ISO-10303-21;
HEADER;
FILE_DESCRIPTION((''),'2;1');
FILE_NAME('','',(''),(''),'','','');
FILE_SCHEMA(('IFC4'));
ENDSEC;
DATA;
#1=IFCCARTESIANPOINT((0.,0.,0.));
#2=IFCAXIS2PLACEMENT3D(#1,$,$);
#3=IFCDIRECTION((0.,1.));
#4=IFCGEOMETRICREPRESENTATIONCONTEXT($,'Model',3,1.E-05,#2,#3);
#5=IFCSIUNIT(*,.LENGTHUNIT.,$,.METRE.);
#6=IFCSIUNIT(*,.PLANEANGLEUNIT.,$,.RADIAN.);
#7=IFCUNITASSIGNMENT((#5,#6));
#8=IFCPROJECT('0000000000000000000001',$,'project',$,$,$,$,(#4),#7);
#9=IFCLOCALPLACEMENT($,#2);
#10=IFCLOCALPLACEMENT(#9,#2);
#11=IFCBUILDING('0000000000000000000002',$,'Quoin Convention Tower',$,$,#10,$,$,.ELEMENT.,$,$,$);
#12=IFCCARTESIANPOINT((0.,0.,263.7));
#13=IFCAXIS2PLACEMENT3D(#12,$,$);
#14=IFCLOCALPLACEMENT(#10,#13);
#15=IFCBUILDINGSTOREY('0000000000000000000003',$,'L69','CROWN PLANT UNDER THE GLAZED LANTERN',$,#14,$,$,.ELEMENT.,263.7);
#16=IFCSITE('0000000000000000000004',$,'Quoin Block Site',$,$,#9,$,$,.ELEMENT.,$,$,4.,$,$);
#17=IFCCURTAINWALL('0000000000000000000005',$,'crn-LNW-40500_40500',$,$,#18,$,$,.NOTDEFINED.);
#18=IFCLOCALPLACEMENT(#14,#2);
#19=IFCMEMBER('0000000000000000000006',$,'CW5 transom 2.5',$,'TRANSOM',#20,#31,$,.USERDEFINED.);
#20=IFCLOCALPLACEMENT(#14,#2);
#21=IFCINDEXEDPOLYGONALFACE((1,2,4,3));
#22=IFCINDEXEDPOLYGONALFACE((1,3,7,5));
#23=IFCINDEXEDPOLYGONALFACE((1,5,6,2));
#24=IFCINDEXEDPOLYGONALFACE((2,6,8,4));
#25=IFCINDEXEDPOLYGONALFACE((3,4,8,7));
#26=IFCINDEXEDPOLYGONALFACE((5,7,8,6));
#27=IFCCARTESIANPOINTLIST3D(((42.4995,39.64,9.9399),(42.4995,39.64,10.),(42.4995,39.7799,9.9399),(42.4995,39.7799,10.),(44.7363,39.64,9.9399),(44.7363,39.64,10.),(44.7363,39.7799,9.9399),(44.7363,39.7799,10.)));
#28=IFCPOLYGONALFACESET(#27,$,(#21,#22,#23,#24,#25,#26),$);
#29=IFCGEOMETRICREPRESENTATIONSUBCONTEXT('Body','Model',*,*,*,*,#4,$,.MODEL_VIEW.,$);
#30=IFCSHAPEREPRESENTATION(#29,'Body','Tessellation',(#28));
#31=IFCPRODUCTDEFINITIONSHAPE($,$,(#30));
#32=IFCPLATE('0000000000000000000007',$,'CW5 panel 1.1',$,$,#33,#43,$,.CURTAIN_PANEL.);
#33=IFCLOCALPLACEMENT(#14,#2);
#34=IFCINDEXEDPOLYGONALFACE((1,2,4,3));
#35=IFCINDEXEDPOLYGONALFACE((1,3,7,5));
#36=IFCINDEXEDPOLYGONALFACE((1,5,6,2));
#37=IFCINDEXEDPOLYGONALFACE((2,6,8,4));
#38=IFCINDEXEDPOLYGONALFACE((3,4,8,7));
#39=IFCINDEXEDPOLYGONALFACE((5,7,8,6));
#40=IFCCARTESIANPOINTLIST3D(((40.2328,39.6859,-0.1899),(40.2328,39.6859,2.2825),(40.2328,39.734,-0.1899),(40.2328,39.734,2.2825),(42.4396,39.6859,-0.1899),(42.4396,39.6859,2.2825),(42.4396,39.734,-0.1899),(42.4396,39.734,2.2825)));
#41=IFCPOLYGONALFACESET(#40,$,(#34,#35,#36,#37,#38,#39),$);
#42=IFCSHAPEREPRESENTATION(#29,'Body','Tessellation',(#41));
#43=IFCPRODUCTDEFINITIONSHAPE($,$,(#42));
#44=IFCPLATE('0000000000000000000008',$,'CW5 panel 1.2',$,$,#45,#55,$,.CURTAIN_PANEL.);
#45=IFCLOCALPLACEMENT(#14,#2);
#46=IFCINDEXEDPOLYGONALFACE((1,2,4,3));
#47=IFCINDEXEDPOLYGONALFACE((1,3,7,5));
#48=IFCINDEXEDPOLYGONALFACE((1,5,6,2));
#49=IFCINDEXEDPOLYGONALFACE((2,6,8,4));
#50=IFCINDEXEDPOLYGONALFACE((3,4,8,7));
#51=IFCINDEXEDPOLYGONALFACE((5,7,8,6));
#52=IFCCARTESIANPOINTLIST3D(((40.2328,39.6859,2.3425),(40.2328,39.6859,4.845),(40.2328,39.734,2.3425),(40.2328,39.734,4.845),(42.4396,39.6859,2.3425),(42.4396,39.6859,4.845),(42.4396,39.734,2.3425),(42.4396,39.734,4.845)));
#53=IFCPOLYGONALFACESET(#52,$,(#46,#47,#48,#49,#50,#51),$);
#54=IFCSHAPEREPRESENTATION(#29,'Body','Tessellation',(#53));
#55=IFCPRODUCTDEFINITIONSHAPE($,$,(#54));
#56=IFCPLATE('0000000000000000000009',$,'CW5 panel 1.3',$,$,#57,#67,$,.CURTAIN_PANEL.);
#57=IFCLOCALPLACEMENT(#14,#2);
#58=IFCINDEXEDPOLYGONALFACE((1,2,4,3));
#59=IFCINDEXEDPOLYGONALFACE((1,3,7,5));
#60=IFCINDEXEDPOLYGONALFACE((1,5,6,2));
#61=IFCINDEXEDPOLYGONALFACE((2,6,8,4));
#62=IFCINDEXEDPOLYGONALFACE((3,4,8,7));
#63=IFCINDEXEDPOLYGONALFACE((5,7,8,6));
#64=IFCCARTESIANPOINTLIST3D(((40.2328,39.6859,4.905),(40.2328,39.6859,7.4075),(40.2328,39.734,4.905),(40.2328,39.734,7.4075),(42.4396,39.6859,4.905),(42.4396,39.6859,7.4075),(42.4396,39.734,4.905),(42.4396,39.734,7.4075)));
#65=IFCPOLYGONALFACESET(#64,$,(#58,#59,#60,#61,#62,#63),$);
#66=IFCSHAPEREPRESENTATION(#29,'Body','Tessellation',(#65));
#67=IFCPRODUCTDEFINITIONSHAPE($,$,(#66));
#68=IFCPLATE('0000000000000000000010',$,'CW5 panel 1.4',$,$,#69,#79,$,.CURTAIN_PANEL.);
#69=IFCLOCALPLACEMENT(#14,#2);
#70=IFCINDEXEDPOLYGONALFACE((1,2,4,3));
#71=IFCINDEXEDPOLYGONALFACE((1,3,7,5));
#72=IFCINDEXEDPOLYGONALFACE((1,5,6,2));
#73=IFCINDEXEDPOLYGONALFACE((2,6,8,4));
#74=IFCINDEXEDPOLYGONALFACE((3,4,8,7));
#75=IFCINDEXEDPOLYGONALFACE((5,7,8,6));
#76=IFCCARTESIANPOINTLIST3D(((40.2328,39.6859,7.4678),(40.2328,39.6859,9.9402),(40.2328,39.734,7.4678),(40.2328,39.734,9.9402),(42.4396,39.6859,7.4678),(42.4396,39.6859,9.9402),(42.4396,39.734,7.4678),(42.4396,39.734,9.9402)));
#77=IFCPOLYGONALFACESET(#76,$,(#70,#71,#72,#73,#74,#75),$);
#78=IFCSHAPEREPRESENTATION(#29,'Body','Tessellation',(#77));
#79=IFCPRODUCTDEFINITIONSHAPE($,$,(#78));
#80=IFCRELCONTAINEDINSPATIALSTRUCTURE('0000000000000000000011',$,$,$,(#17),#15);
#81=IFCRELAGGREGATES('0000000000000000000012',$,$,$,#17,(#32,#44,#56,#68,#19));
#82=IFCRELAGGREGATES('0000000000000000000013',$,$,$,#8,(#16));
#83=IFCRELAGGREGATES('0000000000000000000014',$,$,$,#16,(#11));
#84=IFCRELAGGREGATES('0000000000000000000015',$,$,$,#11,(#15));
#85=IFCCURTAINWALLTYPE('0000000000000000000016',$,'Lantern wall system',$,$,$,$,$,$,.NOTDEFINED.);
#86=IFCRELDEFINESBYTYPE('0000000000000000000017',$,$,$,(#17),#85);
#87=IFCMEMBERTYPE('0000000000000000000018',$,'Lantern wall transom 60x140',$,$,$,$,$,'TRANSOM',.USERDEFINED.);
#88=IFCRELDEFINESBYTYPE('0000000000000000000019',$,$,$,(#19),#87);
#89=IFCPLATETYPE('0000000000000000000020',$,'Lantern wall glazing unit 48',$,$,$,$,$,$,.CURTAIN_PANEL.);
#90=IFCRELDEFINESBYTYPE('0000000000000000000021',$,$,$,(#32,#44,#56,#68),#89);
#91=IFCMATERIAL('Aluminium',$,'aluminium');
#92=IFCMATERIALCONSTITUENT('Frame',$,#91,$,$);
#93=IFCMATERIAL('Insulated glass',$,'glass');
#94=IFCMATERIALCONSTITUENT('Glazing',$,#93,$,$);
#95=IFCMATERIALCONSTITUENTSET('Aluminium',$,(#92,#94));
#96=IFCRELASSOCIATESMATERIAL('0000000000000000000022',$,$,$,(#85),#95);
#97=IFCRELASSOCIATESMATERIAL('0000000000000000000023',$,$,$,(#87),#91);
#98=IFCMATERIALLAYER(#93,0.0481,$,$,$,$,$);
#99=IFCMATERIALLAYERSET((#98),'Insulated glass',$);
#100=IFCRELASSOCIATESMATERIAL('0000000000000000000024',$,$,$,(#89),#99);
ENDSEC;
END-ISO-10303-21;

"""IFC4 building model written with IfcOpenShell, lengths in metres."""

from ifc_helpers import new_model, si_unit, direction, frame, origin, origin_2d, place, context, subcontext, project, spatial, rectangle, extrude, material, layer, layer_set, constituent, constituent_set, material_profile, profile_set, type_object, element, aggregate, save


model = new_model("IFC4")

# Units and contexts
model_context = context("Model", 3, precision=1e-05, world=origin(), true_north=direction((0.0, 1.0)))
body_context = subcontext(model_context, "Body", "Model", "MODEL_VIEW")
ifc_project = project(units=[si_unit("LENGTHUNIT", "METRE"), si_unit("PLANEANGLEUNIT", "RADIAN")], contexts=[model_context])

# Site, building, storey
site_placement = place(None, origin())
site = spatial("IfcSite", under=ifc_project, at=site_placement, Name="Quoin Block Site", CompositionType="ELEMENT", RefElevation=4.0)
building_placement = place(site_placement, origin())
building = spatial("IfcBuilding", under=site, at=building_placement, Name="Quoin Convention Tower", CompositionType="ELEMENT")
storey_placement = place(building_placement, frame((0.0, 0.0, 263.7)))
storey = spatial("IfcBuildingStorey", under=building, at=storey_placement, Name="L69", Description="CROWN PLANT UNDER THE GLAZED LANTERN", CompositionType="ELEMENT", Elevation=263.7)

# Shared definitions
ifc_material_1 = material(Name="Aluminium", Category="aluminium")
ifc_constituent_1 = constituent(ifc_material_1, Name="Frame")
ifc_material_2 = material(Name="Insulated glass", Category="glass")
ifc_constituent_2 = constituent(ifc_material_2, Name="Glazing")
ifc_constituent_set = constituent_set(constituents=[ifc_constituent_1, ifc_constituent_2], Name="Aluminium")
curtain_wall_type = type_object("IfcCurtainWallType", Name="Lantern wall system", PredefinedType="NOTDEFINED", material=ifc_constituent_set)

# Curtain wall, member, plates
curtain_wall_1_placement = place(storey_placement, origin())
curtain_wall_1 = element("IfcCurtainWall", 1, at=curtain_wall_1_placement, inside=storey, type_object=curtain_wall_type, Name="crn-LNW-40500_40500", PredefinedType="NOTDEFINED")
ifc_material_profile_1 = material_profile(ifc_material_1, rectangle(XDim=0.1399, YDim=0.0601, at=origin_2d()), Name="Lantern wall transom 60x140")
ifc_profile_set_1 = profile_set([ifc_material_profile_1], Name="Aluminium")
member_type_1 = type_object("IfcMemberType", Name="Lantern wall transom 60x140", ElementType="TRANSOM", PredefinedType="USERDEFINED", material=ifc_profile_set_1)
member_1_placement = place(storey_placement, frame((42.4995, 39.71, 9.97), z_axis=(1.0, 0.0, 0.0), x_axis=(0.0, 1.0, 0.0)))
member_1 = element("IfcMember", 2, at=member_1_placement, type_object=member_type_1, Name="CW5 transom 2.5", ObjectType="TRANSOM", PredefinedType="USERDEFINED", context=body_context, shape_type="SweptSolid", body=[
    extrude(rectangle(XDim=0.1399, YDim=0.0601, at=origin_2d()), origin(), (0.0, 0.0, 1.0), 2.2368),
])
ifc_layer_1 = layer(ifc_material_2, 0.0481)
ifc_layer_set_1 = layer_set([ifc_layer_1], Name="Insulated glass")
plate_type = type_object("IfcPlateType", Name="Lantern wall glazing unit 48", PredefinedType="CURTAIN_PANEL", material=ifc_layer_set_1)
plate_1_placement = place(storey_placement, frame((41.3362, 39.71, -0.1899), z_axis=(0.0, 0.0, 1.0), x_axis=(1.0, 0.0, 0.0)))
plate_1 = element("IfcPlate", 3, at=plate_1_placement, type_object=plate_type, Name="CW5 panel 1.1", PredefinedType="CURTAIN_PANEL", context=body_context, shape_type="SweptSolid", body=[
    extrude(rectangle(XDim=2.2068, YDim=0.0481, at=origin_2d()), origin(), (0.0, 0.0, 1.0), 2.4724),
])
plate_2_placement = place(storey_placement, frame((41.3362, 39.71, 2.3425), z_axis=(0.0, 0.0, 1.0), x_axis=(1.0, 0.0, 0.0)))
plate_2 = element("IfcPlate", 4, at=plate_2_placement, type_object=plate_type, Name="CW5 panel 1.2", PredefinedType="CURTAIN_PANEL", context=body_context, shape_type="SweptSolid", body=[
    extrude(rectangle(XDim=2.2068, YDim=0.0481, at=origin_2d()), origin(), (0.0, 0.0, 1.0), 2.5024),
])
plate_3_placement = place(storey_placement, frame((41.3362, 39.71, 4.905), z_axis=(0.0, 0.0, 1.0), x_axis=(1.0, 0.0, 0.0)))
plate_3 = element("IfcPlate", 5, at=plate_3_placement, type_object=plate_type, Name="CW5 panel 1.3", PredefinedType="CURTAIN_PANEL", context=body_context, shape_type="SweptSolid", body=[
    extrude(rectangle(XDim=2.2068, YDim=0.0481, at=origin_2d()), origin(), (0.0, 0.0, 1.0), 2.5024),
])
plate_4_placement = place(storey_placement, frame((41.3362, 39.71, 7.4678), z_axis=(0.0, 0.0, 1.0), x_axis=(1.0, 0.0, 0.0)))
plate_4 = element("IfcPlate", 6, at=plate_4_placement, type_object=plate_type, Name="CW5 panel 1.4", PredefinedType="CURTAIN_PANEL", context=body_context, shape_type="SweptSolid", body=[
    extrude(rectangle(XDim=2.2068, YDim=0.0481, at=origin_2d()), origin(), (0.0, 0.0, 1.0), 2.4724),
])
aggregate(curtain_wall_1, [plate_1, plate_2, plate_3, plate_4, member_1])

save(model, "model.ifc")
